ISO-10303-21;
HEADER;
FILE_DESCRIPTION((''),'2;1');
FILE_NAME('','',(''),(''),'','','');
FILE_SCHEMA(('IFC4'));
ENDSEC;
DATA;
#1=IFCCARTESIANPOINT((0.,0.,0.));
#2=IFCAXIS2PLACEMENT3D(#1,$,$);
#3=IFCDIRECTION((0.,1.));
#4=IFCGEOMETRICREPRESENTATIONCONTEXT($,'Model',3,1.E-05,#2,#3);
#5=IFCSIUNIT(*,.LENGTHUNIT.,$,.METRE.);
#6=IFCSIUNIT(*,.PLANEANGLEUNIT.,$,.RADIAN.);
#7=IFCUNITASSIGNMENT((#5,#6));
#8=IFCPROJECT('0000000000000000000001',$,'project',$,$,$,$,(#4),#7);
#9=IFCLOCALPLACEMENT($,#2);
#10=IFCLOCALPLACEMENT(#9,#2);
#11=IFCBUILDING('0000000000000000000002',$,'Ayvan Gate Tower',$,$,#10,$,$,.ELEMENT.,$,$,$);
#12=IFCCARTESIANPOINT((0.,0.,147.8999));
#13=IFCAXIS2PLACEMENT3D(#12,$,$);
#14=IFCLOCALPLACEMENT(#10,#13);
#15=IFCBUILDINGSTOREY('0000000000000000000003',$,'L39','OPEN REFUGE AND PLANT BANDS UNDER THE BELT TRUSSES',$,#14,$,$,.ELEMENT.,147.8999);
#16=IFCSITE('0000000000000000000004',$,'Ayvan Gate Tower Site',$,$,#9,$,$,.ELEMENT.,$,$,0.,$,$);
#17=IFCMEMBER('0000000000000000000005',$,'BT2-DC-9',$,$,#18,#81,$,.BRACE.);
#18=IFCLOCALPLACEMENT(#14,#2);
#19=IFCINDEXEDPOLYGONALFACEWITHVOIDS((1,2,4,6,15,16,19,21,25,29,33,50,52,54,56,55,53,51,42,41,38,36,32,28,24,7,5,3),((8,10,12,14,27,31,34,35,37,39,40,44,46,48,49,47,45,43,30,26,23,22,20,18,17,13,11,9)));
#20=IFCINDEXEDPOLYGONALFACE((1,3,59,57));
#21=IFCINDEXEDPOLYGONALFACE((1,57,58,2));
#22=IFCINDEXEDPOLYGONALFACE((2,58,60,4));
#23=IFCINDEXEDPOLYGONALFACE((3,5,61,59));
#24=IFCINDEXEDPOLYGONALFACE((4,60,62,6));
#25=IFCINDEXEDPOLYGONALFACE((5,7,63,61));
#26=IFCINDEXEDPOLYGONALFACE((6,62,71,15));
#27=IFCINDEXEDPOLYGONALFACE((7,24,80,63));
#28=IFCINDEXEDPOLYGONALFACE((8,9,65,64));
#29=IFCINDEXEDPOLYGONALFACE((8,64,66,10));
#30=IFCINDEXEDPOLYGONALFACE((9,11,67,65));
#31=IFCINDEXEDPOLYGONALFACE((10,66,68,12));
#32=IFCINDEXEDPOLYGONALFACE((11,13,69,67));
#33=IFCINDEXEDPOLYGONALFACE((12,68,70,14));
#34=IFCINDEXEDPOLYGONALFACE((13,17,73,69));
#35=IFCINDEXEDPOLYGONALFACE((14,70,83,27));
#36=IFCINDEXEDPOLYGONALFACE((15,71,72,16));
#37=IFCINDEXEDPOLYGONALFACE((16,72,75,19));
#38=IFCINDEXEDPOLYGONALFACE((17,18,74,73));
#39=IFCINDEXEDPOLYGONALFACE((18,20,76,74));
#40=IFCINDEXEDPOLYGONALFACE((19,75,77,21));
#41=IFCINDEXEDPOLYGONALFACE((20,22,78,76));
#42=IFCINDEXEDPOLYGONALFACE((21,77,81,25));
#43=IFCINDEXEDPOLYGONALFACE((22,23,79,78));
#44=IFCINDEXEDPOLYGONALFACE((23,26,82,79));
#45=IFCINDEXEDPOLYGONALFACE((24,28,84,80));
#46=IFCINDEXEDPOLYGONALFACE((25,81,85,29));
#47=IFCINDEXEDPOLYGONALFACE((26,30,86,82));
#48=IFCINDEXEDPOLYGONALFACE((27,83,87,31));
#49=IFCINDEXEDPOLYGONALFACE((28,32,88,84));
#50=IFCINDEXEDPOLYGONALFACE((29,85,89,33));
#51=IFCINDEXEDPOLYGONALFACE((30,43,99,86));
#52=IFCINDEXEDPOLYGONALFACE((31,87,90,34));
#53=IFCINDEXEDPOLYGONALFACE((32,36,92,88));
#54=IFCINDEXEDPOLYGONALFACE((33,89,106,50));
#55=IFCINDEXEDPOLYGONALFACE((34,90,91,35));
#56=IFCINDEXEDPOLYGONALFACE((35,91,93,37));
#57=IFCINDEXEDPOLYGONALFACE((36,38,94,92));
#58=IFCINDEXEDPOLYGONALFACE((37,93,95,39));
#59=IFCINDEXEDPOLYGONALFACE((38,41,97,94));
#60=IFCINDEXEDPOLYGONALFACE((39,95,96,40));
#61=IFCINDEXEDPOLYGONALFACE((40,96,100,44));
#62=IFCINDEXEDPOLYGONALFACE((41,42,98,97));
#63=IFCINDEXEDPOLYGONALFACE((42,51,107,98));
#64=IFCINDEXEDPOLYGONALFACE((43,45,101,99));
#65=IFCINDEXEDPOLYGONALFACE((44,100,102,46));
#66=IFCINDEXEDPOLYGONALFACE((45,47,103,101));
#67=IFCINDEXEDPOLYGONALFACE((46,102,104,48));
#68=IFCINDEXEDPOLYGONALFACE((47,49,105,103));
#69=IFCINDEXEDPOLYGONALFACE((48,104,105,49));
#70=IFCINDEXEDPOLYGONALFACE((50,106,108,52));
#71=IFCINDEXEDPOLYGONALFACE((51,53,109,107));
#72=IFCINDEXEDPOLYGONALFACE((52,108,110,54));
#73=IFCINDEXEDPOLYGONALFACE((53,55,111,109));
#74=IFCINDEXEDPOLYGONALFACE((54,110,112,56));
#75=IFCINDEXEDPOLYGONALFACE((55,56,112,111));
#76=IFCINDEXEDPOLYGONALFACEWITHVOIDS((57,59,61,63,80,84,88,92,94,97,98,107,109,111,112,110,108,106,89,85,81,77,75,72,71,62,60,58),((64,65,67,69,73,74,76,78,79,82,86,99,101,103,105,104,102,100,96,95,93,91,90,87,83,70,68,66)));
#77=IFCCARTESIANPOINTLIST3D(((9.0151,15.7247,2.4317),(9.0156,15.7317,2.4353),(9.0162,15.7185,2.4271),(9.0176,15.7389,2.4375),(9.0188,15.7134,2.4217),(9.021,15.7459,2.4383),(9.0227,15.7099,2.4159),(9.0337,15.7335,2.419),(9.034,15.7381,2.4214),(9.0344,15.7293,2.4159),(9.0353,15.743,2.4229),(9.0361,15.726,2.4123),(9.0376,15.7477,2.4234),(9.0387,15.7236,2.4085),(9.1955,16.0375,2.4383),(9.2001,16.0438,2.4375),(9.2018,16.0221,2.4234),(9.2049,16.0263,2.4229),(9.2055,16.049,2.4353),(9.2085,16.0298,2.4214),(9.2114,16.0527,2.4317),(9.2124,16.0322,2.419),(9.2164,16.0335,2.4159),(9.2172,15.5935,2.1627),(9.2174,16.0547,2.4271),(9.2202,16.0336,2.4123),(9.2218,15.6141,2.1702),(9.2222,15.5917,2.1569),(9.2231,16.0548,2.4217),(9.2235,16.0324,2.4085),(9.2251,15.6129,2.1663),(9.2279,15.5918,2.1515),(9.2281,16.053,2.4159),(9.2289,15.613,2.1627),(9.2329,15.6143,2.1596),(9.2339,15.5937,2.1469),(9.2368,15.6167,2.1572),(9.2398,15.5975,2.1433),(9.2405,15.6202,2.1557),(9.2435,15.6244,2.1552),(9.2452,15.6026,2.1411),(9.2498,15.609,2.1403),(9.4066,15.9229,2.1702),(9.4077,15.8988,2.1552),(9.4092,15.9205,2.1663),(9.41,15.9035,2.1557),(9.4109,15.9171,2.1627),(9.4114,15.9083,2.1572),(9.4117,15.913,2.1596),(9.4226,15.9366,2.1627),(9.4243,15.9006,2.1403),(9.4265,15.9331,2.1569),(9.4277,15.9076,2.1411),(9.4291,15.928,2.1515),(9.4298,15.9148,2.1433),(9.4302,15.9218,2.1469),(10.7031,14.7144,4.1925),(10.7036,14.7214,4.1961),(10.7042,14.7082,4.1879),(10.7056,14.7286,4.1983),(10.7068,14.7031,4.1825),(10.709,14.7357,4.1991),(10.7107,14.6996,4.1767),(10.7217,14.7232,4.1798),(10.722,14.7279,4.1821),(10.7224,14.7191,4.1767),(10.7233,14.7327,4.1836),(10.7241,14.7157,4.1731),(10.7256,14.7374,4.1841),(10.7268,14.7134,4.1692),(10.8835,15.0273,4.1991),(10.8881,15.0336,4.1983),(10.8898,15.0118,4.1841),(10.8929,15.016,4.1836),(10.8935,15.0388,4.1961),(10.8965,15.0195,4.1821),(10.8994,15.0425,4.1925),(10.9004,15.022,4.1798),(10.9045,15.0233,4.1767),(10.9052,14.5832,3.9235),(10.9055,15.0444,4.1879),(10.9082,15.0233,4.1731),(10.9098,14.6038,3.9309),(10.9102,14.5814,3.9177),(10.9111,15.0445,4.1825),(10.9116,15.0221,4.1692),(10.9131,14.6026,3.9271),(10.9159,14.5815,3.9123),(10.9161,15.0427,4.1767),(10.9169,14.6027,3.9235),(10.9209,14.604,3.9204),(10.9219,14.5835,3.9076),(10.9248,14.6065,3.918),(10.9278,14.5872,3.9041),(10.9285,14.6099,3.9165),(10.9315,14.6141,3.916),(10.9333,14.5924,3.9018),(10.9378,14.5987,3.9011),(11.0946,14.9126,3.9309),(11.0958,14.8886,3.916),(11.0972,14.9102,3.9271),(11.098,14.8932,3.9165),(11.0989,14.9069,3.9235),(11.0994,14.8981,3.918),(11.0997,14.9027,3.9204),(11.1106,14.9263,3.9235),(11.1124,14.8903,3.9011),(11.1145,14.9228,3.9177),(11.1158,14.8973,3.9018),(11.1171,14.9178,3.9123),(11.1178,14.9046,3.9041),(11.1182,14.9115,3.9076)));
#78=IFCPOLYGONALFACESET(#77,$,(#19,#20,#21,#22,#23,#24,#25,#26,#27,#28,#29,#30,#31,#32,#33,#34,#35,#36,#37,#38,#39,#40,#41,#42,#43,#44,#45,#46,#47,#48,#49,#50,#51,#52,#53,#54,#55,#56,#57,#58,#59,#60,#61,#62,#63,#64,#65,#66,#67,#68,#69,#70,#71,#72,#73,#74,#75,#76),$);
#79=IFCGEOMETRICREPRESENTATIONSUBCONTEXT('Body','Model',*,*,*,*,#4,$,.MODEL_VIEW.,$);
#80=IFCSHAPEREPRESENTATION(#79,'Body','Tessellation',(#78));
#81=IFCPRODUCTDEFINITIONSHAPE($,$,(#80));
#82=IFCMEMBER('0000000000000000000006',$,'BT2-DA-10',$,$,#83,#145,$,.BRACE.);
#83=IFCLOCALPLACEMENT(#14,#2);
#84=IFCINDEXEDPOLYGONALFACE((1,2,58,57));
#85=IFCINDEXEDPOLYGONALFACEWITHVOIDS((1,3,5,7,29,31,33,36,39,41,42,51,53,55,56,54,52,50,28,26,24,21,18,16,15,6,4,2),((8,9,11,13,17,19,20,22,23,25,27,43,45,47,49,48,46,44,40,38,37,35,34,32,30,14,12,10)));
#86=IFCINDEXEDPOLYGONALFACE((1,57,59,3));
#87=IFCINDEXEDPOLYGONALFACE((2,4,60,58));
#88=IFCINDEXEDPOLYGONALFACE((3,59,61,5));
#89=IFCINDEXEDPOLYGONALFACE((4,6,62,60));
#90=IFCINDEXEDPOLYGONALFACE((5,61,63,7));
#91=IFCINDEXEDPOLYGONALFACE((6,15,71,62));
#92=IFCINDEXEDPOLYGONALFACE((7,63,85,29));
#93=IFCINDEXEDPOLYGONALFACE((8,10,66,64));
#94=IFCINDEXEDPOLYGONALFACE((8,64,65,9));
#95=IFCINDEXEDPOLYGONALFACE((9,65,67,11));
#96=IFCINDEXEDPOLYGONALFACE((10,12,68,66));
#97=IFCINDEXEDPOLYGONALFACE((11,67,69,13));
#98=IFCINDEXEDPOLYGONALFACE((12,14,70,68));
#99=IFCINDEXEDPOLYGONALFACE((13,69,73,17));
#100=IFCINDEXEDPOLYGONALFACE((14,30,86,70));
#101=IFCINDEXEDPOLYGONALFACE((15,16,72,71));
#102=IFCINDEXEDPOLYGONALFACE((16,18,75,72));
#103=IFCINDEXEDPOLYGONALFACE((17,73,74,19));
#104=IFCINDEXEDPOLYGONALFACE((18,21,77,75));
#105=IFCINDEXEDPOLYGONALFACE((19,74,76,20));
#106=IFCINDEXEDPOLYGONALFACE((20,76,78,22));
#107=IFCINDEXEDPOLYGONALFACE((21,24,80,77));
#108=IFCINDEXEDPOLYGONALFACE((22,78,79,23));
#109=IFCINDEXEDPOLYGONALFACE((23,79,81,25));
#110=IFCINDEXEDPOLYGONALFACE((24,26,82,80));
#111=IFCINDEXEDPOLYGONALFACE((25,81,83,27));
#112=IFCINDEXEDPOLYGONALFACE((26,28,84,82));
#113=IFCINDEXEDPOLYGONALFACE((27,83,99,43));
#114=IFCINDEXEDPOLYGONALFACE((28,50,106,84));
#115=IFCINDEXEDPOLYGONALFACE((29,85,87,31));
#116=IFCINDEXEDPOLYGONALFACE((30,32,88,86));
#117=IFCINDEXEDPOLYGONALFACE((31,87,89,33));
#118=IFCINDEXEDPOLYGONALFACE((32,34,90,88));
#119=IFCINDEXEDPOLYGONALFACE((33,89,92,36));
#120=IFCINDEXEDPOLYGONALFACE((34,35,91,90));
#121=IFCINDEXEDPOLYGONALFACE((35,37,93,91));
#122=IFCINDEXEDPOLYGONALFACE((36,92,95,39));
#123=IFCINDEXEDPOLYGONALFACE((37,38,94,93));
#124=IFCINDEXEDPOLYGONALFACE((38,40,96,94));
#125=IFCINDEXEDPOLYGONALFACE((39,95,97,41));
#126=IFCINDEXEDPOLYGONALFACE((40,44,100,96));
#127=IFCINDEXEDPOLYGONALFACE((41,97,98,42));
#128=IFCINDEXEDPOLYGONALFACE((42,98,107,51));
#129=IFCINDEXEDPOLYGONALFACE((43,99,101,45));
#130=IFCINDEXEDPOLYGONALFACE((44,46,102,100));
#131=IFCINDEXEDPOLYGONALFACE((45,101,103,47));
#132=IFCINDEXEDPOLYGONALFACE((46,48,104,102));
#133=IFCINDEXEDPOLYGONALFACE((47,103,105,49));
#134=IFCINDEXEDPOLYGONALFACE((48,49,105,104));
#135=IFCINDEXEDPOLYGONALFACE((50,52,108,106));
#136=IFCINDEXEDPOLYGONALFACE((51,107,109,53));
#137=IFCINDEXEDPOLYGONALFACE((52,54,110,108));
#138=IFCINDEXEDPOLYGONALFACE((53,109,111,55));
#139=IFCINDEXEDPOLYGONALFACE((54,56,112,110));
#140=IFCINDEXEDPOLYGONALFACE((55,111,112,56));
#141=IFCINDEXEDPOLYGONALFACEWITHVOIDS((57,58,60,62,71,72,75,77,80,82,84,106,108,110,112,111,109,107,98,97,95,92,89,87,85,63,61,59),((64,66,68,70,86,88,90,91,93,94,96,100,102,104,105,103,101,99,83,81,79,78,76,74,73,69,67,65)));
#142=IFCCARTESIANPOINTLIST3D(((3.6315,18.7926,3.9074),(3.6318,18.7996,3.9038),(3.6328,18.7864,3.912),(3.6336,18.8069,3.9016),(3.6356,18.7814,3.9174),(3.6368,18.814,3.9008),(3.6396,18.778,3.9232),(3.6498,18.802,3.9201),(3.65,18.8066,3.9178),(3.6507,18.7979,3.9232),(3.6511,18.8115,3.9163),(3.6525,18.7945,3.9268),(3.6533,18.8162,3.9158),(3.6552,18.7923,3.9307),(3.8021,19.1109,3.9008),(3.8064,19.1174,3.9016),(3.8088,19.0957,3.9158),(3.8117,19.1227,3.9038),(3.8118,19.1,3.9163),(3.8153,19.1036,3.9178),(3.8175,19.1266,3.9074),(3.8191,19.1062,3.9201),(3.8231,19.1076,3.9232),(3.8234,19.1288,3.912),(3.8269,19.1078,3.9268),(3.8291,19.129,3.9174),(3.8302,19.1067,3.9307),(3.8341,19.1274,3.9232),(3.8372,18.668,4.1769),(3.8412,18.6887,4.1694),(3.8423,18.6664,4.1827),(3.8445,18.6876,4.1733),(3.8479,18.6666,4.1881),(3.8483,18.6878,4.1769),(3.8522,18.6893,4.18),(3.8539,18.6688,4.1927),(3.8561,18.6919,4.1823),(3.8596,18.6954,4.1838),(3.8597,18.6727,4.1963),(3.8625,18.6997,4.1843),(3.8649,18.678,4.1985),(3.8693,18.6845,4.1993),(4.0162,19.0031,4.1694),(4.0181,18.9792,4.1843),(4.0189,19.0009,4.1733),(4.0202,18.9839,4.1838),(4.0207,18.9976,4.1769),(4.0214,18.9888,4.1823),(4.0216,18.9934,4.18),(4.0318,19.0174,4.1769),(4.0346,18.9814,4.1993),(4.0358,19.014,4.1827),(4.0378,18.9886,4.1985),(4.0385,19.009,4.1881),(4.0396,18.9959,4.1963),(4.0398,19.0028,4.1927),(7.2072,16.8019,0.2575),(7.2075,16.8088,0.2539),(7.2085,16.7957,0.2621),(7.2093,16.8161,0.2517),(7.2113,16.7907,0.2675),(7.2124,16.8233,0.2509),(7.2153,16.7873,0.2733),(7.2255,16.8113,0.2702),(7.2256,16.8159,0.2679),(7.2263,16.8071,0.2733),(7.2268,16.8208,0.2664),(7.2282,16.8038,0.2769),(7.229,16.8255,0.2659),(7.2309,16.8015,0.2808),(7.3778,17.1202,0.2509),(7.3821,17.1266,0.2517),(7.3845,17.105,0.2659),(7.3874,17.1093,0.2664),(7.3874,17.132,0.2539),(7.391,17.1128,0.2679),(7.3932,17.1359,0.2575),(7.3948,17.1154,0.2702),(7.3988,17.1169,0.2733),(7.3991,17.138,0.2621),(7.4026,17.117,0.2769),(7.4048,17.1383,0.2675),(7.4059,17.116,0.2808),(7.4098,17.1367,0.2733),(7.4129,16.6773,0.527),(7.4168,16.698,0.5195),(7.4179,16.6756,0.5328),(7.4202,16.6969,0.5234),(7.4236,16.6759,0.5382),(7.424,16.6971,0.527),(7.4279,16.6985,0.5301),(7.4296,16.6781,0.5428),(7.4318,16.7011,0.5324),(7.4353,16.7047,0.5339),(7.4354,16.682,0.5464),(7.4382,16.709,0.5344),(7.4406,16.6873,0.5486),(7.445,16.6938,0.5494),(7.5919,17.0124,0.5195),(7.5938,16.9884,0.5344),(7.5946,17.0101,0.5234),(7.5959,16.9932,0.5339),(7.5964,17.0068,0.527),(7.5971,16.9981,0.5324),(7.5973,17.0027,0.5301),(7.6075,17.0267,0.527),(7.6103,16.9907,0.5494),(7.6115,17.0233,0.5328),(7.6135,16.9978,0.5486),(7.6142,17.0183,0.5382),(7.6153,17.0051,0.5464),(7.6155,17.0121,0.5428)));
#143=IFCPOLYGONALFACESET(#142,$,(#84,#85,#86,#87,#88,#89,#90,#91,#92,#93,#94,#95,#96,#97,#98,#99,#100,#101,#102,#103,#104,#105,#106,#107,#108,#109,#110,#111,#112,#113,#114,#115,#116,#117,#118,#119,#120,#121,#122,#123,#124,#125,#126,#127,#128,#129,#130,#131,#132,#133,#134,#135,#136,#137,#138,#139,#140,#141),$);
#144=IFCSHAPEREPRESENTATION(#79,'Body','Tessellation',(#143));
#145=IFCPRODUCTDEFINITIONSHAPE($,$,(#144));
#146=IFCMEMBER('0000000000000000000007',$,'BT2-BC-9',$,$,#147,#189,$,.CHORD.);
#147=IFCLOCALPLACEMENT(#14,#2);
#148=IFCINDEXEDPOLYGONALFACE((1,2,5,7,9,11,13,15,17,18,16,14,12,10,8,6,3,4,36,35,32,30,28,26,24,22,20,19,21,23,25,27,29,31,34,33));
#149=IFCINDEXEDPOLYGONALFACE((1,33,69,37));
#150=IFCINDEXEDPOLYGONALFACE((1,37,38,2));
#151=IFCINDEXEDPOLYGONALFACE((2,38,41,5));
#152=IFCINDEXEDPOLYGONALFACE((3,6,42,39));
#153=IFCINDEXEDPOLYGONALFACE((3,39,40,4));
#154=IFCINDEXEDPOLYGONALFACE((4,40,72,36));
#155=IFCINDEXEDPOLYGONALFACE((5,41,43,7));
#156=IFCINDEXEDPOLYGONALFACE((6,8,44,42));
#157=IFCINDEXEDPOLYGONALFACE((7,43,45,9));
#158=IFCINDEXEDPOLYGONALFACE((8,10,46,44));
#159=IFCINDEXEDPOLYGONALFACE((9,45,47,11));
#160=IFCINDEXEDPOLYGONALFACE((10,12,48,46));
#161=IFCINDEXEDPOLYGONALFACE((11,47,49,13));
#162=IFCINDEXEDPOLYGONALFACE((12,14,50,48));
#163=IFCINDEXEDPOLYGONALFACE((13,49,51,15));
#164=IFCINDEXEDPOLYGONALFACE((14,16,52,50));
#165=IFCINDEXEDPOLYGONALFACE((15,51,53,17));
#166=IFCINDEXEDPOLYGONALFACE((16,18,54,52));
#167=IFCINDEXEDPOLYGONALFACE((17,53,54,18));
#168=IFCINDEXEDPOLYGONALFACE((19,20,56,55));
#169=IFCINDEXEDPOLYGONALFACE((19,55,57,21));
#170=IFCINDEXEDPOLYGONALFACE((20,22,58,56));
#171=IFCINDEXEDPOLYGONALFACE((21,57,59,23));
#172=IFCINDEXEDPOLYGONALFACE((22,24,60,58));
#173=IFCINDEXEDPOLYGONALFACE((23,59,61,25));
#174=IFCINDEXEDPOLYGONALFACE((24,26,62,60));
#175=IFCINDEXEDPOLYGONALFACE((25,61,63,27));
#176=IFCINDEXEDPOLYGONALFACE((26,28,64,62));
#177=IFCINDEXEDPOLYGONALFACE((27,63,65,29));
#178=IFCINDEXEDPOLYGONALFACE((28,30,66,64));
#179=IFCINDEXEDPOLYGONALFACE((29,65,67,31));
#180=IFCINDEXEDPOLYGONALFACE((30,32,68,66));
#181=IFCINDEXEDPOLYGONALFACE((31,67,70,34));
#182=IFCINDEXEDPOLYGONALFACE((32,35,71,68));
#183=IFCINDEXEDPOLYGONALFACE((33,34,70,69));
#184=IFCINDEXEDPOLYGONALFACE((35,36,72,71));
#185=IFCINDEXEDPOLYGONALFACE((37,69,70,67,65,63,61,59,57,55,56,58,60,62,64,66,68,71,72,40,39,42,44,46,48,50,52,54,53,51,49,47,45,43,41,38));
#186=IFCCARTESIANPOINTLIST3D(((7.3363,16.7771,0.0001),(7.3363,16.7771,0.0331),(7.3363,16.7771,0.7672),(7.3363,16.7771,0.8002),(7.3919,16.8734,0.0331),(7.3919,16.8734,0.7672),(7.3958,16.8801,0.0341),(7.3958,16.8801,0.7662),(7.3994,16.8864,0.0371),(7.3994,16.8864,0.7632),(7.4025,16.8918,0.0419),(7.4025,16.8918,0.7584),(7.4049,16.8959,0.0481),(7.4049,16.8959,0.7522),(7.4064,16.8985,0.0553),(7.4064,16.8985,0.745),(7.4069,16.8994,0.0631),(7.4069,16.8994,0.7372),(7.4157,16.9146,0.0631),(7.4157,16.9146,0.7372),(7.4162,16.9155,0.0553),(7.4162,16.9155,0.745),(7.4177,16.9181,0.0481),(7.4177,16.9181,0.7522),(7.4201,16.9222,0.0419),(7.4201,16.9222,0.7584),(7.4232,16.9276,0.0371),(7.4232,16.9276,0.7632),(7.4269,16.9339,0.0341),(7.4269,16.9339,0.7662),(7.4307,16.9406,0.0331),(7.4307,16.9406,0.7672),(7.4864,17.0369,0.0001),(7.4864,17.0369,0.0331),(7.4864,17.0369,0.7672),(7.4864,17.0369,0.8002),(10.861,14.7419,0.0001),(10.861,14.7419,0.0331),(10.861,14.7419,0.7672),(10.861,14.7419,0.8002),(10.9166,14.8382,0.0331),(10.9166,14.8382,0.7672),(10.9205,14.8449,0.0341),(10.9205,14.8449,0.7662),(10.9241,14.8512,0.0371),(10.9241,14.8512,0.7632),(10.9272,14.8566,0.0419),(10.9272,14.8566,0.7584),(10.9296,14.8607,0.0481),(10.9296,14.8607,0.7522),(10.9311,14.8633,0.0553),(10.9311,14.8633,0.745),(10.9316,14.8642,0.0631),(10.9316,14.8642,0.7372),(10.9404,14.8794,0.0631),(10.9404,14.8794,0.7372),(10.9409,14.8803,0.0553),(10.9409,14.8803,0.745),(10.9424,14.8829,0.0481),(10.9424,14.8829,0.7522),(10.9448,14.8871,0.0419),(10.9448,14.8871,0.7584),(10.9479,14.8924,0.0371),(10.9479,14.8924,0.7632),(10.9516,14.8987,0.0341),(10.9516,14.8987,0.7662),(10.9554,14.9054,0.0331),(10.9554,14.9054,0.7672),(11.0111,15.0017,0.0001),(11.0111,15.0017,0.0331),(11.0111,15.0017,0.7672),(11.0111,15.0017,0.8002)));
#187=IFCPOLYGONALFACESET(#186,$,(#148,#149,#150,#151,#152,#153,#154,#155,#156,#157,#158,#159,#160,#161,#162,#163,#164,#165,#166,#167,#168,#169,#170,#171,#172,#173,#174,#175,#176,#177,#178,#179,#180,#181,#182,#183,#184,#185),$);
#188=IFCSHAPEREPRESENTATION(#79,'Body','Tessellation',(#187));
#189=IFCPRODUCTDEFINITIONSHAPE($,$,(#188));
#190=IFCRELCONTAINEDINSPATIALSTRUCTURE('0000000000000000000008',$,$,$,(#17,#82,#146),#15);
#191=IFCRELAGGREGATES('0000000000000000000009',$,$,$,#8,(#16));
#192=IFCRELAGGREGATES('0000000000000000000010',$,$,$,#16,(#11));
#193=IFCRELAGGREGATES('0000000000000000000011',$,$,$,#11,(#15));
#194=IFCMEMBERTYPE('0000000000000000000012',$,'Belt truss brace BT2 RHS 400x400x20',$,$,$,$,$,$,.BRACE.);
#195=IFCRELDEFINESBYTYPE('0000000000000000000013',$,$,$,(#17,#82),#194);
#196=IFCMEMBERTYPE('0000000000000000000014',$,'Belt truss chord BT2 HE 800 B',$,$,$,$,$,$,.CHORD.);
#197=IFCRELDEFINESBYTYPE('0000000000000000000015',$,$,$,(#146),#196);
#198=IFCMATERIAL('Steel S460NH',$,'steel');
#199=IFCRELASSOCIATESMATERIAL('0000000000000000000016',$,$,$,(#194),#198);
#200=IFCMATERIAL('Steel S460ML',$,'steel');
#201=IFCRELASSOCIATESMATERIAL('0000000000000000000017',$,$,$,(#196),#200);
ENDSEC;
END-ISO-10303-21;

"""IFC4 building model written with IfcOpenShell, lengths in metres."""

from ifc_helpers import new_model, si_unit, direction, frame, origin, origin_2d, place, context, subcontext, project, spatial, hollow_rectangle, i_section, extrude, material, material_profile, profile_set, type_object, element, save


model = new_model("IFC4")

# Units and contexts
model_context = context("Model", 3, precision=1e-05, world=origin(), true_north=direction((0.0, 1.0)))
body_context = subcontext(model_context, "Body", "Model", "MODEL_VIEW")
ifc_project = project(units=[si_unit("LENGTHUNIT", "METRE"), si_unit("PLANEANGLEUNIT", "RADIAN")], contexts=[model_context])

# Site, building, storey
site_placement = place(None, origin())
site = spatial("IfcSite", under=ifc_project, at=site_placement, Name="Ayvan Gate Tower Site", CompositionType="ELEMENT", RefElevation=0.0)
building_placement = place(site_placement, origin())
building = spatial("IfcBuilding", under=site, at=building_placement, Name="Ayvan Gate Tower", CompositionType="ELEMENT")
storey_placement = place(building_placement, frame((0.0, 0.0, 147.8999)))
storey = spatial("IfcBuildingStorey", under=building, at=storey_placement, Name="L39", Description="OPEN REFUGE AND PLANT BANDS UNDER THE BELT TRUSSES", CompositionType="ELEMENT", Elevation=147.8999)

# Members
ifc_material_1 = material(Name="Steel S460NH", Category="steel")
ifc_material_profile_1 = material_profile(ifc_material_1, hollow_rectangle(XDim=0.3999, YDim=0.3999, WallThickness=0.02, InnerFilletRadius=0.02, OuterFilletRadius=0.03, at=origin_2d()), Name="RHS 400x400x20")
ifc_profile_set_1 = profile_set([ifc_material_profile_1], Name="Steel S460NH")
member_type_1 = type_object("IfcMemberType", Name="Belt truss brace BT2 RHS 400x400x20", PredefinedType="BRACE", material=ifc_profile_set_1)
member_1_placement = place(storey_placement, frame((9.2227, 15.8232, 2.2893), z_axis=(0.639365, -0.382657, 0.666922), x_axis=(0.513546, 0.858062, 0.0)))
element("IfcMember", 1, at=member_1_placement, inside=storey, type_object=member_type_1, Name="BT2-DC-9", PredefinedType="BRACE", context=body_context, shape_type="SweptSolid", body=[
    extrude(hollow_rectangle(XDim=0.3999, YDim=0.3999, WallThickness=0.02, InnerFilletRadius=0.02, OuterFilletRadius=0.03, at=origin_2d()), origin(), (0.0, 0.0, 1.0), 2.6401),
])
member_2_placement = place(storey_placement, frame((7.4114, 16.907, 0.4001), z_axis=(-0.652064, 0.36303, 0.665599), x_axis=(-0.486433, -0.873718, 0.0)))
element("IfcMember", 2, at=member_2_placement, inside=storey, type_object=member_type_1, Name="BT2-DA-10", PredefinedType="BRACE", context=body_context, shape_type="SweptSolid", body=[
    extrude(hollow_rectangle(XDim=0.3999, YDim=0.3999, WallThickness=0.02, InnerFilletRadius=0.02, OuterFilletRadius=0.03, at=origin_2d()), origin(), (0.0, 0.0, 1.0), 5.4836),
])
ifc_material_2 = material(Name="Steel S460ML", Category="steel")
ifc_material_profile_2 = material_profile(ifc_material_2, i_section(OverallWidth=0.3, OverallDepth=0.8, WebThickness=0.0176, FlangeThickness=0.033, FilletRadius=0.03, at=origin_2d()), Name="HE 800 B")
ifc_profile_set_2 = profile_set([ifc_material_profile_2], Name="Steel S460ML")
member_type_2 = type_object("IfcMemberType", Name="Belt truss chord BT2 HE 800 B", PredefinedType="CHORD", material=ifc_profile_set_2)
member_3_placement = place(storey_placement, frame((10.936, 14.8718, 0.4001), z_axis=(-0.866005, 0.500036, 0.0), x_axis=(-0.500036, -0.866005, 0.0)))
element("IfcMember", 3, at=member_3_placement, inside=storey, type_object=member_type_2, Name="BT2-BC-9", PredefinedType="CHORD", context=body_context, shape_type="SweptSolid", body=[
    extrude(i_section(OverallWidth=0.3, OverallDepth=0.8, WebThickness=0.0176, FlangeThickness=0.033, FilletRadius=0.03, at=origin_2d()), origin(), (0.0, 0.0, 1.0), 4.0701),
])

save(model, "model.ifc")
